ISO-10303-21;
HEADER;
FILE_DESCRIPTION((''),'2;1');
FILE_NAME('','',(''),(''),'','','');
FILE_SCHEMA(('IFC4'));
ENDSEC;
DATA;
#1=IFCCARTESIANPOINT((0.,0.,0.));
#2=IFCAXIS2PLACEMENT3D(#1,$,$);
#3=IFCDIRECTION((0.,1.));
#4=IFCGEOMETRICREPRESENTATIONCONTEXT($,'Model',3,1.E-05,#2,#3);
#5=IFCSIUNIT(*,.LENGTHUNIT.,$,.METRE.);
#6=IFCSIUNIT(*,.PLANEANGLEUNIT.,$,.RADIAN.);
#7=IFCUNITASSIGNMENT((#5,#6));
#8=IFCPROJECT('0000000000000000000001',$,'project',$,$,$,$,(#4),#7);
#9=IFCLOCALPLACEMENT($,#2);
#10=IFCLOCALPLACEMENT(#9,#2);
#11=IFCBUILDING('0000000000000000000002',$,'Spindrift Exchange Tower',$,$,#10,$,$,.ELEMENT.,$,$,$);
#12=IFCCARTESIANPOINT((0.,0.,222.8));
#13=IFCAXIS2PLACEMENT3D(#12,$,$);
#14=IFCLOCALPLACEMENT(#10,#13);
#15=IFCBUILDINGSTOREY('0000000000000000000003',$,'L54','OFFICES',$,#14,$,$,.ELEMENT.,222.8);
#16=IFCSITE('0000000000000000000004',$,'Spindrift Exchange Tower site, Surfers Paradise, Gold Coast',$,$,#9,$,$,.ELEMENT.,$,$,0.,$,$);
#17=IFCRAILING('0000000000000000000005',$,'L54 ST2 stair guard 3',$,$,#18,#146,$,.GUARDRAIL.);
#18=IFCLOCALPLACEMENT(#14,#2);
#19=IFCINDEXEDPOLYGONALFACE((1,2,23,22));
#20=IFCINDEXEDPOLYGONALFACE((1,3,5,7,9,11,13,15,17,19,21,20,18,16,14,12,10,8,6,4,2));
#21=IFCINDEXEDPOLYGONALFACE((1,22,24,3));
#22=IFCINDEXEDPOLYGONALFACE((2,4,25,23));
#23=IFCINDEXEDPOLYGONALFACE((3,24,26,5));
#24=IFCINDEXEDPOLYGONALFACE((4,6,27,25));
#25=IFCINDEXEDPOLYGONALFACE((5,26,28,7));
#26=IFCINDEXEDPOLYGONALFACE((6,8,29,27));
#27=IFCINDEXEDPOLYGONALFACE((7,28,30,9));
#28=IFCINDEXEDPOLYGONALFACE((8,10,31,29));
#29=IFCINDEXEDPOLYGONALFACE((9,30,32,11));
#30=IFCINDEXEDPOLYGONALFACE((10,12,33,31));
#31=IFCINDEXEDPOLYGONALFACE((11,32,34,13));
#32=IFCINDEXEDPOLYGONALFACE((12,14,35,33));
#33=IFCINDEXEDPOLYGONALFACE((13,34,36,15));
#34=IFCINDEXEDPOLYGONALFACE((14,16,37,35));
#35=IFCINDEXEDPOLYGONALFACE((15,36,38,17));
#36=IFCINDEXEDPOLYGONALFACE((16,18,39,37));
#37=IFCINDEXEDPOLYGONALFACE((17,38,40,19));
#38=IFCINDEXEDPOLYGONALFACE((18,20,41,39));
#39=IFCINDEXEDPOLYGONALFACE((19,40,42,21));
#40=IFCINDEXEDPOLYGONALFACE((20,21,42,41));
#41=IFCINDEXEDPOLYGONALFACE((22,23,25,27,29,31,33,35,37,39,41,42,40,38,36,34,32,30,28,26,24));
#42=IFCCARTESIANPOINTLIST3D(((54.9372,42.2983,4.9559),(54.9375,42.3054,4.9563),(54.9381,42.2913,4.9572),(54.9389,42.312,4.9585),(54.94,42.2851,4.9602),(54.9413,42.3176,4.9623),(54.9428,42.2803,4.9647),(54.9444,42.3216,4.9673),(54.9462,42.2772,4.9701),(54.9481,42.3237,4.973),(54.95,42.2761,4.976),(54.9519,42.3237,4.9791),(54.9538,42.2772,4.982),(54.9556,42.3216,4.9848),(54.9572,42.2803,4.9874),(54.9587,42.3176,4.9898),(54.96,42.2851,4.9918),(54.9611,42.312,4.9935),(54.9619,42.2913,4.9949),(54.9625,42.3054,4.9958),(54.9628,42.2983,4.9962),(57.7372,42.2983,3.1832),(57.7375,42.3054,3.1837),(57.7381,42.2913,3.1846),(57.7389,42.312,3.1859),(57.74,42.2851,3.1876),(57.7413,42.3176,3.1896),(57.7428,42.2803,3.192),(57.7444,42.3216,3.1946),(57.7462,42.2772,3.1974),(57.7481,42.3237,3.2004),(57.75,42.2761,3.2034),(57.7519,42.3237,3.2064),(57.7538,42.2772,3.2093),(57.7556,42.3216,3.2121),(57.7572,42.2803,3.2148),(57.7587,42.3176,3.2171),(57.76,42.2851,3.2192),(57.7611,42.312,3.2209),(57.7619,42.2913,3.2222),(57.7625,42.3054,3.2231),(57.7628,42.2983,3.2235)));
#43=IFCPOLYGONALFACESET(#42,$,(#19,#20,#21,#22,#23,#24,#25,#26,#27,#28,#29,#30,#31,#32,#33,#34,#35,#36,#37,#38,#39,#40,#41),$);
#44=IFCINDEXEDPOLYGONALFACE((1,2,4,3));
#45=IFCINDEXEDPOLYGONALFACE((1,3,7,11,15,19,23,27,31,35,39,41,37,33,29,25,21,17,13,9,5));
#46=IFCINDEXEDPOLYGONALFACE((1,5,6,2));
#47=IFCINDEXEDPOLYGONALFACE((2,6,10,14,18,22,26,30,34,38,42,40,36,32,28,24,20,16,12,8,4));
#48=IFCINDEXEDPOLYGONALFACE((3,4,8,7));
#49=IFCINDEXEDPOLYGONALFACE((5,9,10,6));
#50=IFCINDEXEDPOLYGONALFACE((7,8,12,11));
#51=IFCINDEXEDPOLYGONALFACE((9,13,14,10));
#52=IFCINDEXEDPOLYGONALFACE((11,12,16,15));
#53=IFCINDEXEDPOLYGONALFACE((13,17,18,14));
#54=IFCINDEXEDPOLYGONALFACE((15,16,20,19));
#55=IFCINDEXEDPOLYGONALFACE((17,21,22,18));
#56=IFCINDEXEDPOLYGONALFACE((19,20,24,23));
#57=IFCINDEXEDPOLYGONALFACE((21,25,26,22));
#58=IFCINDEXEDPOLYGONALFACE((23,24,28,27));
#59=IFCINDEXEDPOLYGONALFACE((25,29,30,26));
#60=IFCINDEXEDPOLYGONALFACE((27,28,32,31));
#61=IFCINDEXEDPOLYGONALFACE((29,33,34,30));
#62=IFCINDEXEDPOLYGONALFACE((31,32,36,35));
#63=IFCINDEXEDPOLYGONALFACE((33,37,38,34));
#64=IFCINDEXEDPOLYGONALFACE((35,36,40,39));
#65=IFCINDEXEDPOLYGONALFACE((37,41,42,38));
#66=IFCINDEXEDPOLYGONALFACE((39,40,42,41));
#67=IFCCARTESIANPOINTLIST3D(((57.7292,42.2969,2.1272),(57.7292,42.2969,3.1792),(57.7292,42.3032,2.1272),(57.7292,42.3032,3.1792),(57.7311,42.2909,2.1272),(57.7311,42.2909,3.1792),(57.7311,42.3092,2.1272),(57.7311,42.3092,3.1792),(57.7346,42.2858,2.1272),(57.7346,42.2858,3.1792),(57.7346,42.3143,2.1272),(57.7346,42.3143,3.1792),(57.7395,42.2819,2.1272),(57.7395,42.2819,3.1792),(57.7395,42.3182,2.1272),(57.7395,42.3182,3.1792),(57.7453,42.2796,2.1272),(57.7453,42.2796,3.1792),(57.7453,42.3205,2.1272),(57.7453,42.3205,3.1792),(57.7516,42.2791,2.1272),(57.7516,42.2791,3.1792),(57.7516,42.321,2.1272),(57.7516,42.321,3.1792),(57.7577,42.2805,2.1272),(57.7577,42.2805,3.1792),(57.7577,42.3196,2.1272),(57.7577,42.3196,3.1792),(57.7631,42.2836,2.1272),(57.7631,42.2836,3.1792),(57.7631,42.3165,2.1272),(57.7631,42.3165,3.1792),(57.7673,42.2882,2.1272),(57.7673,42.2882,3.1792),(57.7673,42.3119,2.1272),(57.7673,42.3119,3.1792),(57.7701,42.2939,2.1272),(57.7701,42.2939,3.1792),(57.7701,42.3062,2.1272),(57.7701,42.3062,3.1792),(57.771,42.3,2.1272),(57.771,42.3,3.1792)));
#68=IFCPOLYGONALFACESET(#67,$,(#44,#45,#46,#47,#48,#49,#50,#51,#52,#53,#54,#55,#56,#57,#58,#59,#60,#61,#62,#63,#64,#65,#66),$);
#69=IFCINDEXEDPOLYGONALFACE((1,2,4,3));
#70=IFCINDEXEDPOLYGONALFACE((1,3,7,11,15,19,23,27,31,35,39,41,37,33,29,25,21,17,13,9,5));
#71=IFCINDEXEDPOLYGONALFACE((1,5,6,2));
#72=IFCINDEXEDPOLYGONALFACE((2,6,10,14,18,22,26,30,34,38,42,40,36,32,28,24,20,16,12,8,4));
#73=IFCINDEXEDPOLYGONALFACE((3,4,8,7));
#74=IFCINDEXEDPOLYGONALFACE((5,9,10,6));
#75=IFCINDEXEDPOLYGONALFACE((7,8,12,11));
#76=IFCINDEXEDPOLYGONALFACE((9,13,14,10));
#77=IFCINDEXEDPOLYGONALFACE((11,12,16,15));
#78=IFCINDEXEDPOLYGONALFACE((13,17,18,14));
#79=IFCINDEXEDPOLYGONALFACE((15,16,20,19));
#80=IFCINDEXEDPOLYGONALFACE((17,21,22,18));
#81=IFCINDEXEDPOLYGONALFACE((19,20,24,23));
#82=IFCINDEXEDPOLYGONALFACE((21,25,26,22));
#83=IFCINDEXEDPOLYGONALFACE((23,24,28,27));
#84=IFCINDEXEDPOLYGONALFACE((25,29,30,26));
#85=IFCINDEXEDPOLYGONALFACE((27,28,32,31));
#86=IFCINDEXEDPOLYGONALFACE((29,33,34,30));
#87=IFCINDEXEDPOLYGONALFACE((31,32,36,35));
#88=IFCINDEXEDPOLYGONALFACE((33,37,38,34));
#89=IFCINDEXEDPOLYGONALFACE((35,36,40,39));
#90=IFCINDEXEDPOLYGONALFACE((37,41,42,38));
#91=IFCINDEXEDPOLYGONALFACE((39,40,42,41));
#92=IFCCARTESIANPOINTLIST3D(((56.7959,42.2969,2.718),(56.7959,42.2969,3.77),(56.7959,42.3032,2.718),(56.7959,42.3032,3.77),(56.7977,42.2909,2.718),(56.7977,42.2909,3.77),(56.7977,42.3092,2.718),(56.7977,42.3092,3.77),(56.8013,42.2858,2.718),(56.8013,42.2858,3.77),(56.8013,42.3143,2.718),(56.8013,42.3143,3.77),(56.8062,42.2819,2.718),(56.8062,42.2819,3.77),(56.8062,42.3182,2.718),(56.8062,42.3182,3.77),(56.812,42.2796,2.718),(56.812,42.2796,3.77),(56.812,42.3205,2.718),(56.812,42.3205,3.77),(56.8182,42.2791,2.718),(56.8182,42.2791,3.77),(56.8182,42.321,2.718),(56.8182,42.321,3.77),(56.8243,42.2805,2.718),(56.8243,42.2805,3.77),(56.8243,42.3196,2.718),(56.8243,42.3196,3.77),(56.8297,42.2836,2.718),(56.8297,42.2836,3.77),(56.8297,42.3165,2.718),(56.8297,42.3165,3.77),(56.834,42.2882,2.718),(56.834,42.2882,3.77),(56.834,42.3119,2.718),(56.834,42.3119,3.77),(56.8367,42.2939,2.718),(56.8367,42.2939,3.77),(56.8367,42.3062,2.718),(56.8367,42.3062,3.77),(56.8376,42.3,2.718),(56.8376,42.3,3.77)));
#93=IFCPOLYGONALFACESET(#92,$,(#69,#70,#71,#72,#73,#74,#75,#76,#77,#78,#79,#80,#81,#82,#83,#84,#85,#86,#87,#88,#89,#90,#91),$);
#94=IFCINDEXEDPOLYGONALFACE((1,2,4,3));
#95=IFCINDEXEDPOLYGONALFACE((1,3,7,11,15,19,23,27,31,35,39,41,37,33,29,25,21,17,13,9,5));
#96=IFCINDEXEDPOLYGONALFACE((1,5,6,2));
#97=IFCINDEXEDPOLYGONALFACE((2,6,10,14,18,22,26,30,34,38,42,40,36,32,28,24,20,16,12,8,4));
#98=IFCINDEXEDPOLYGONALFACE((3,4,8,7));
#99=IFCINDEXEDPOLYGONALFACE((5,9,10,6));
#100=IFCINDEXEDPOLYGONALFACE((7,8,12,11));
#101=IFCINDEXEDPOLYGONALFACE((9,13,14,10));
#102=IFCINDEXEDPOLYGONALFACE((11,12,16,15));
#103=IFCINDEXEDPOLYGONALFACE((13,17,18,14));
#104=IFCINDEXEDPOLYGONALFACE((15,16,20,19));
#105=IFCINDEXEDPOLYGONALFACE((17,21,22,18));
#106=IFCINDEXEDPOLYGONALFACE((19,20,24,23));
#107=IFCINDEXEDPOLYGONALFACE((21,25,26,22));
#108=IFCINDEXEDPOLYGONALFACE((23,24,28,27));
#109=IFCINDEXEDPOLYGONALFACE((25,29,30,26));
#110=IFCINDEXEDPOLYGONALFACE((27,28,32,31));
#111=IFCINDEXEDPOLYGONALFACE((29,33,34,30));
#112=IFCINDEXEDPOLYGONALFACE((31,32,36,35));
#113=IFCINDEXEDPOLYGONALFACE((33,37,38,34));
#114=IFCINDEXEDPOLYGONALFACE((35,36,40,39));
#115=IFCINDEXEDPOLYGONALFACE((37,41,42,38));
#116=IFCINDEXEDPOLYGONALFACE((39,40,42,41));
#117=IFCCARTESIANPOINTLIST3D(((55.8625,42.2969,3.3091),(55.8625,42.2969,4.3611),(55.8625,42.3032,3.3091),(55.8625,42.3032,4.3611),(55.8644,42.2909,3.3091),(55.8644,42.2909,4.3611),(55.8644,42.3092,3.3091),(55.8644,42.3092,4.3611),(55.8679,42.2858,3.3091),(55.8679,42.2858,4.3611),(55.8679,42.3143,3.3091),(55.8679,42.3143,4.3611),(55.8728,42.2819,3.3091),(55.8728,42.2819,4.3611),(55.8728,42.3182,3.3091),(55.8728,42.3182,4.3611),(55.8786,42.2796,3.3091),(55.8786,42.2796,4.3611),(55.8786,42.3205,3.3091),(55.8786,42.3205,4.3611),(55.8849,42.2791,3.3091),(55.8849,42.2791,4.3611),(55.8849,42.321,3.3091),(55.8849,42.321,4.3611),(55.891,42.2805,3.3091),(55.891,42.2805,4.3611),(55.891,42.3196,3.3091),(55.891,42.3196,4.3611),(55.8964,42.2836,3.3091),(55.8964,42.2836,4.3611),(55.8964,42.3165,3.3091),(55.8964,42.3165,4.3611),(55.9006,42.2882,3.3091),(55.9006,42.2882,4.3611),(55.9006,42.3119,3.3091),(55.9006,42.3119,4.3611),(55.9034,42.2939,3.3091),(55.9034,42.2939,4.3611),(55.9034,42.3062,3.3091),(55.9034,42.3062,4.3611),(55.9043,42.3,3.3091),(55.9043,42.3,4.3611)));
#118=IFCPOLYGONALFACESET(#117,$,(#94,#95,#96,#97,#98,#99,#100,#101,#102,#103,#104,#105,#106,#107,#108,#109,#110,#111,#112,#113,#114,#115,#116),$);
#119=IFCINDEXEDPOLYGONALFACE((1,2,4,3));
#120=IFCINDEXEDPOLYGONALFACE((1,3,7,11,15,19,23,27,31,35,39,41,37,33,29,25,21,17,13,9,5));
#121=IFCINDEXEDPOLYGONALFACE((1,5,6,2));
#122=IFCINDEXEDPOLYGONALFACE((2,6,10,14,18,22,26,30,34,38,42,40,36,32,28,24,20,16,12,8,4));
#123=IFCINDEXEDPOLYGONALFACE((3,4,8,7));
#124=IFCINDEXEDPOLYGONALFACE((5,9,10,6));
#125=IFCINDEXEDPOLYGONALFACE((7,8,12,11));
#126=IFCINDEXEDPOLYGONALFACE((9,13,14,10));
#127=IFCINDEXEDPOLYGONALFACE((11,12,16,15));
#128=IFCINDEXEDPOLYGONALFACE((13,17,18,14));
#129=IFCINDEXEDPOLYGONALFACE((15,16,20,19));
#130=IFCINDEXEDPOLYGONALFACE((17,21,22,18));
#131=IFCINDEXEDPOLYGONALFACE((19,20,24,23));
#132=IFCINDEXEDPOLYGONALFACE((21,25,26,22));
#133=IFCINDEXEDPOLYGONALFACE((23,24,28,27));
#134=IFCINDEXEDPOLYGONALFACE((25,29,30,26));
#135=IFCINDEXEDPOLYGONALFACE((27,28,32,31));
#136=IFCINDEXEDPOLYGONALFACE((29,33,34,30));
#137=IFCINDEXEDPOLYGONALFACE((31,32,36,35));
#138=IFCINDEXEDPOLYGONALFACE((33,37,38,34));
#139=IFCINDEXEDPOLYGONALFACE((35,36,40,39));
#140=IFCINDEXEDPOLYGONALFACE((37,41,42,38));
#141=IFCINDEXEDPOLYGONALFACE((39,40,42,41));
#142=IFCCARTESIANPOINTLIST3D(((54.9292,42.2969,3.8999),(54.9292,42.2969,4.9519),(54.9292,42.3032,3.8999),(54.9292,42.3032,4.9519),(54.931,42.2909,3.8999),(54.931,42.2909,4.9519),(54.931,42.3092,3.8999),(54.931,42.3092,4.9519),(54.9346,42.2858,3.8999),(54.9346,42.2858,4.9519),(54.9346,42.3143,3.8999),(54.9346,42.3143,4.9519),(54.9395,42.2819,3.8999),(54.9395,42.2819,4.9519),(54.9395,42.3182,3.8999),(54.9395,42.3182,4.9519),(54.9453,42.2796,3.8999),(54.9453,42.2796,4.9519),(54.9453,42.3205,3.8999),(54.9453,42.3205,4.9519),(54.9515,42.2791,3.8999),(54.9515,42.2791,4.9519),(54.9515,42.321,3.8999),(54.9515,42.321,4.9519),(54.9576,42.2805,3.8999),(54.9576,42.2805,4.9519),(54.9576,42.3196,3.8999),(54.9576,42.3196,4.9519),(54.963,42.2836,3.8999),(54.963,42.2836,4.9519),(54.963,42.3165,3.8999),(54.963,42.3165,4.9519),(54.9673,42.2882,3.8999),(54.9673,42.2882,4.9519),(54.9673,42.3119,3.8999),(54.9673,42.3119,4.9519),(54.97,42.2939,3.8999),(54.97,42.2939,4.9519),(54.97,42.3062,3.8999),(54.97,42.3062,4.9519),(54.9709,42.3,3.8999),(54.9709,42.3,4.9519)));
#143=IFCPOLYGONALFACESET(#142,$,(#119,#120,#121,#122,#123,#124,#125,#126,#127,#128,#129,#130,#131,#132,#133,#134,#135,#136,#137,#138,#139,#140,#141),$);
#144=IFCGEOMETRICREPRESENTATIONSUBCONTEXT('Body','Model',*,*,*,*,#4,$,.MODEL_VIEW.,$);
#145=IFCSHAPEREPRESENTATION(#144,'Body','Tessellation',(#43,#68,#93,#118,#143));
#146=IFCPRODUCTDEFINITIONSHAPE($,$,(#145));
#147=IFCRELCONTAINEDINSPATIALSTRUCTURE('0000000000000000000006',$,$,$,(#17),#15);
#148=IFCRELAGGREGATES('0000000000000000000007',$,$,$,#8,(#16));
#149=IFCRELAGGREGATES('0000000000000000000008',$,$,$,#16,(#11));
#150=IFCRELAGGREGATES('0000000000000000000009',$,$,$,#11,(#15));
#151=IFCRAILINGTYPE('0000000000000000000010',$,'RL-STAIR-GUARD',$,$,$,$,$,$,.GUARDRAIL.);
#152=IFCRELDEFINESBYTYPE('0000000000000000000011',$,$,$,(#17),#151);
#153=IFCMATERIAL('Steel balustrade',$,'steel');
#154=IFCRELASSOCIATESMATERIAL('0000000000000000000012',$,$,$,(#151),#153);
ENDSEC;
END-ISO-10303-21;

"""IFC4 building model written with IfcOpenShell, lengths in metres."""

from ifc_helpers import new_model, si_unit, direction, frame, origin, origin_2d, place, context, subcontext, project, spatial, circle, extrude, material, type_object, element, save


model = new_model("IFC4")

# Units and contexts
model_context = context("Model", 3, precision=1e-05, world=origin(), true_north=direction((0.0, 1.0)))
body_context = subcontext(model_context, "Body", "Model", "MODEL_VIEW")
ifc_project = project(units=[si_unit("LENGTHUNIT", "METRE"), si_unit("PLANEANGLEUNIT", "RADIAN")], contexts=[model_context])

# Site, building, storey
site_placement = place(None, origin())
site = spatial("IfcSite", under=ifc_project, at=site_placement, Name="Spindrift Exchange Tower site, Surfers Paradise, Gold Coast", CompositionType="ELEMENT", RefElevation=0.0)
building_placement = place(site_placement, origin())
building = spatial("IfcBuilding", under=site, at=building_placement, Name="Spindrift Exchange Tower", CompositionType="ELEMENT")
storey_placement = place(building_placement, frame((0.0, 0.0, 222.8)))
storey = spatial("IfcBuildingStorey", under=building, at=storey_placement, Name="L54", Description="OFFICES", CompositionType="ELEMENT", Elevation=222.8)

# Railing
ifc_material_1 = material(Name="Steel balustrade", Category="steel")
railing_type_1 = type_object("IfcRailingType", Name="RL-STAIR-GUARD", PredefinedType="GUARDRAIL", material=ifc_material_1)
railing_1_placement = place(storey_placement, frame((57.75, 42.3, 2.1272)))
element("IfcRailing", 1, at=railing_1_placement, inside=storey, type_object=railing_type_1, Name="L54 ST2 stair guard 3", PredefinedType="GUARDRAIL", context=body_context, shape_type="SweptSolid", body=[
    extrude(circle(Radius=0.0239, at=origin_2d()), frame((0.0, 0.0, 1.0762), z_axis=(-0.844909, 0.0, 0.53491), x_axis=(0.0, -1.0, 0.0)), (0.0, 0.0, 1.0), 3.314),
    extrude(circle(Radius=0.021, at=origin_2d()), origin(), (0.0, 0.0, 1.0), 1.052),
    extrude(circle(Radius=0.021, at=origin_2d()), frame((-0.9333, 0.0, 0.5908)), (0.0, 0.0, 1.0), 1.052),
    extrude(circle(Radius=0.021, at=origin_2d()), frame((-1.8667, 0.0, 1.1819)), (0.0, 0.0, 1.0), 1.052),
    extrude(circle(Radius=0.021, at=origin_2d()), frame((-2.8, 0.0, 1.7727)), (0.0, 0.0, 1.0), 1.052),
])

save(model, "model.ifc")
